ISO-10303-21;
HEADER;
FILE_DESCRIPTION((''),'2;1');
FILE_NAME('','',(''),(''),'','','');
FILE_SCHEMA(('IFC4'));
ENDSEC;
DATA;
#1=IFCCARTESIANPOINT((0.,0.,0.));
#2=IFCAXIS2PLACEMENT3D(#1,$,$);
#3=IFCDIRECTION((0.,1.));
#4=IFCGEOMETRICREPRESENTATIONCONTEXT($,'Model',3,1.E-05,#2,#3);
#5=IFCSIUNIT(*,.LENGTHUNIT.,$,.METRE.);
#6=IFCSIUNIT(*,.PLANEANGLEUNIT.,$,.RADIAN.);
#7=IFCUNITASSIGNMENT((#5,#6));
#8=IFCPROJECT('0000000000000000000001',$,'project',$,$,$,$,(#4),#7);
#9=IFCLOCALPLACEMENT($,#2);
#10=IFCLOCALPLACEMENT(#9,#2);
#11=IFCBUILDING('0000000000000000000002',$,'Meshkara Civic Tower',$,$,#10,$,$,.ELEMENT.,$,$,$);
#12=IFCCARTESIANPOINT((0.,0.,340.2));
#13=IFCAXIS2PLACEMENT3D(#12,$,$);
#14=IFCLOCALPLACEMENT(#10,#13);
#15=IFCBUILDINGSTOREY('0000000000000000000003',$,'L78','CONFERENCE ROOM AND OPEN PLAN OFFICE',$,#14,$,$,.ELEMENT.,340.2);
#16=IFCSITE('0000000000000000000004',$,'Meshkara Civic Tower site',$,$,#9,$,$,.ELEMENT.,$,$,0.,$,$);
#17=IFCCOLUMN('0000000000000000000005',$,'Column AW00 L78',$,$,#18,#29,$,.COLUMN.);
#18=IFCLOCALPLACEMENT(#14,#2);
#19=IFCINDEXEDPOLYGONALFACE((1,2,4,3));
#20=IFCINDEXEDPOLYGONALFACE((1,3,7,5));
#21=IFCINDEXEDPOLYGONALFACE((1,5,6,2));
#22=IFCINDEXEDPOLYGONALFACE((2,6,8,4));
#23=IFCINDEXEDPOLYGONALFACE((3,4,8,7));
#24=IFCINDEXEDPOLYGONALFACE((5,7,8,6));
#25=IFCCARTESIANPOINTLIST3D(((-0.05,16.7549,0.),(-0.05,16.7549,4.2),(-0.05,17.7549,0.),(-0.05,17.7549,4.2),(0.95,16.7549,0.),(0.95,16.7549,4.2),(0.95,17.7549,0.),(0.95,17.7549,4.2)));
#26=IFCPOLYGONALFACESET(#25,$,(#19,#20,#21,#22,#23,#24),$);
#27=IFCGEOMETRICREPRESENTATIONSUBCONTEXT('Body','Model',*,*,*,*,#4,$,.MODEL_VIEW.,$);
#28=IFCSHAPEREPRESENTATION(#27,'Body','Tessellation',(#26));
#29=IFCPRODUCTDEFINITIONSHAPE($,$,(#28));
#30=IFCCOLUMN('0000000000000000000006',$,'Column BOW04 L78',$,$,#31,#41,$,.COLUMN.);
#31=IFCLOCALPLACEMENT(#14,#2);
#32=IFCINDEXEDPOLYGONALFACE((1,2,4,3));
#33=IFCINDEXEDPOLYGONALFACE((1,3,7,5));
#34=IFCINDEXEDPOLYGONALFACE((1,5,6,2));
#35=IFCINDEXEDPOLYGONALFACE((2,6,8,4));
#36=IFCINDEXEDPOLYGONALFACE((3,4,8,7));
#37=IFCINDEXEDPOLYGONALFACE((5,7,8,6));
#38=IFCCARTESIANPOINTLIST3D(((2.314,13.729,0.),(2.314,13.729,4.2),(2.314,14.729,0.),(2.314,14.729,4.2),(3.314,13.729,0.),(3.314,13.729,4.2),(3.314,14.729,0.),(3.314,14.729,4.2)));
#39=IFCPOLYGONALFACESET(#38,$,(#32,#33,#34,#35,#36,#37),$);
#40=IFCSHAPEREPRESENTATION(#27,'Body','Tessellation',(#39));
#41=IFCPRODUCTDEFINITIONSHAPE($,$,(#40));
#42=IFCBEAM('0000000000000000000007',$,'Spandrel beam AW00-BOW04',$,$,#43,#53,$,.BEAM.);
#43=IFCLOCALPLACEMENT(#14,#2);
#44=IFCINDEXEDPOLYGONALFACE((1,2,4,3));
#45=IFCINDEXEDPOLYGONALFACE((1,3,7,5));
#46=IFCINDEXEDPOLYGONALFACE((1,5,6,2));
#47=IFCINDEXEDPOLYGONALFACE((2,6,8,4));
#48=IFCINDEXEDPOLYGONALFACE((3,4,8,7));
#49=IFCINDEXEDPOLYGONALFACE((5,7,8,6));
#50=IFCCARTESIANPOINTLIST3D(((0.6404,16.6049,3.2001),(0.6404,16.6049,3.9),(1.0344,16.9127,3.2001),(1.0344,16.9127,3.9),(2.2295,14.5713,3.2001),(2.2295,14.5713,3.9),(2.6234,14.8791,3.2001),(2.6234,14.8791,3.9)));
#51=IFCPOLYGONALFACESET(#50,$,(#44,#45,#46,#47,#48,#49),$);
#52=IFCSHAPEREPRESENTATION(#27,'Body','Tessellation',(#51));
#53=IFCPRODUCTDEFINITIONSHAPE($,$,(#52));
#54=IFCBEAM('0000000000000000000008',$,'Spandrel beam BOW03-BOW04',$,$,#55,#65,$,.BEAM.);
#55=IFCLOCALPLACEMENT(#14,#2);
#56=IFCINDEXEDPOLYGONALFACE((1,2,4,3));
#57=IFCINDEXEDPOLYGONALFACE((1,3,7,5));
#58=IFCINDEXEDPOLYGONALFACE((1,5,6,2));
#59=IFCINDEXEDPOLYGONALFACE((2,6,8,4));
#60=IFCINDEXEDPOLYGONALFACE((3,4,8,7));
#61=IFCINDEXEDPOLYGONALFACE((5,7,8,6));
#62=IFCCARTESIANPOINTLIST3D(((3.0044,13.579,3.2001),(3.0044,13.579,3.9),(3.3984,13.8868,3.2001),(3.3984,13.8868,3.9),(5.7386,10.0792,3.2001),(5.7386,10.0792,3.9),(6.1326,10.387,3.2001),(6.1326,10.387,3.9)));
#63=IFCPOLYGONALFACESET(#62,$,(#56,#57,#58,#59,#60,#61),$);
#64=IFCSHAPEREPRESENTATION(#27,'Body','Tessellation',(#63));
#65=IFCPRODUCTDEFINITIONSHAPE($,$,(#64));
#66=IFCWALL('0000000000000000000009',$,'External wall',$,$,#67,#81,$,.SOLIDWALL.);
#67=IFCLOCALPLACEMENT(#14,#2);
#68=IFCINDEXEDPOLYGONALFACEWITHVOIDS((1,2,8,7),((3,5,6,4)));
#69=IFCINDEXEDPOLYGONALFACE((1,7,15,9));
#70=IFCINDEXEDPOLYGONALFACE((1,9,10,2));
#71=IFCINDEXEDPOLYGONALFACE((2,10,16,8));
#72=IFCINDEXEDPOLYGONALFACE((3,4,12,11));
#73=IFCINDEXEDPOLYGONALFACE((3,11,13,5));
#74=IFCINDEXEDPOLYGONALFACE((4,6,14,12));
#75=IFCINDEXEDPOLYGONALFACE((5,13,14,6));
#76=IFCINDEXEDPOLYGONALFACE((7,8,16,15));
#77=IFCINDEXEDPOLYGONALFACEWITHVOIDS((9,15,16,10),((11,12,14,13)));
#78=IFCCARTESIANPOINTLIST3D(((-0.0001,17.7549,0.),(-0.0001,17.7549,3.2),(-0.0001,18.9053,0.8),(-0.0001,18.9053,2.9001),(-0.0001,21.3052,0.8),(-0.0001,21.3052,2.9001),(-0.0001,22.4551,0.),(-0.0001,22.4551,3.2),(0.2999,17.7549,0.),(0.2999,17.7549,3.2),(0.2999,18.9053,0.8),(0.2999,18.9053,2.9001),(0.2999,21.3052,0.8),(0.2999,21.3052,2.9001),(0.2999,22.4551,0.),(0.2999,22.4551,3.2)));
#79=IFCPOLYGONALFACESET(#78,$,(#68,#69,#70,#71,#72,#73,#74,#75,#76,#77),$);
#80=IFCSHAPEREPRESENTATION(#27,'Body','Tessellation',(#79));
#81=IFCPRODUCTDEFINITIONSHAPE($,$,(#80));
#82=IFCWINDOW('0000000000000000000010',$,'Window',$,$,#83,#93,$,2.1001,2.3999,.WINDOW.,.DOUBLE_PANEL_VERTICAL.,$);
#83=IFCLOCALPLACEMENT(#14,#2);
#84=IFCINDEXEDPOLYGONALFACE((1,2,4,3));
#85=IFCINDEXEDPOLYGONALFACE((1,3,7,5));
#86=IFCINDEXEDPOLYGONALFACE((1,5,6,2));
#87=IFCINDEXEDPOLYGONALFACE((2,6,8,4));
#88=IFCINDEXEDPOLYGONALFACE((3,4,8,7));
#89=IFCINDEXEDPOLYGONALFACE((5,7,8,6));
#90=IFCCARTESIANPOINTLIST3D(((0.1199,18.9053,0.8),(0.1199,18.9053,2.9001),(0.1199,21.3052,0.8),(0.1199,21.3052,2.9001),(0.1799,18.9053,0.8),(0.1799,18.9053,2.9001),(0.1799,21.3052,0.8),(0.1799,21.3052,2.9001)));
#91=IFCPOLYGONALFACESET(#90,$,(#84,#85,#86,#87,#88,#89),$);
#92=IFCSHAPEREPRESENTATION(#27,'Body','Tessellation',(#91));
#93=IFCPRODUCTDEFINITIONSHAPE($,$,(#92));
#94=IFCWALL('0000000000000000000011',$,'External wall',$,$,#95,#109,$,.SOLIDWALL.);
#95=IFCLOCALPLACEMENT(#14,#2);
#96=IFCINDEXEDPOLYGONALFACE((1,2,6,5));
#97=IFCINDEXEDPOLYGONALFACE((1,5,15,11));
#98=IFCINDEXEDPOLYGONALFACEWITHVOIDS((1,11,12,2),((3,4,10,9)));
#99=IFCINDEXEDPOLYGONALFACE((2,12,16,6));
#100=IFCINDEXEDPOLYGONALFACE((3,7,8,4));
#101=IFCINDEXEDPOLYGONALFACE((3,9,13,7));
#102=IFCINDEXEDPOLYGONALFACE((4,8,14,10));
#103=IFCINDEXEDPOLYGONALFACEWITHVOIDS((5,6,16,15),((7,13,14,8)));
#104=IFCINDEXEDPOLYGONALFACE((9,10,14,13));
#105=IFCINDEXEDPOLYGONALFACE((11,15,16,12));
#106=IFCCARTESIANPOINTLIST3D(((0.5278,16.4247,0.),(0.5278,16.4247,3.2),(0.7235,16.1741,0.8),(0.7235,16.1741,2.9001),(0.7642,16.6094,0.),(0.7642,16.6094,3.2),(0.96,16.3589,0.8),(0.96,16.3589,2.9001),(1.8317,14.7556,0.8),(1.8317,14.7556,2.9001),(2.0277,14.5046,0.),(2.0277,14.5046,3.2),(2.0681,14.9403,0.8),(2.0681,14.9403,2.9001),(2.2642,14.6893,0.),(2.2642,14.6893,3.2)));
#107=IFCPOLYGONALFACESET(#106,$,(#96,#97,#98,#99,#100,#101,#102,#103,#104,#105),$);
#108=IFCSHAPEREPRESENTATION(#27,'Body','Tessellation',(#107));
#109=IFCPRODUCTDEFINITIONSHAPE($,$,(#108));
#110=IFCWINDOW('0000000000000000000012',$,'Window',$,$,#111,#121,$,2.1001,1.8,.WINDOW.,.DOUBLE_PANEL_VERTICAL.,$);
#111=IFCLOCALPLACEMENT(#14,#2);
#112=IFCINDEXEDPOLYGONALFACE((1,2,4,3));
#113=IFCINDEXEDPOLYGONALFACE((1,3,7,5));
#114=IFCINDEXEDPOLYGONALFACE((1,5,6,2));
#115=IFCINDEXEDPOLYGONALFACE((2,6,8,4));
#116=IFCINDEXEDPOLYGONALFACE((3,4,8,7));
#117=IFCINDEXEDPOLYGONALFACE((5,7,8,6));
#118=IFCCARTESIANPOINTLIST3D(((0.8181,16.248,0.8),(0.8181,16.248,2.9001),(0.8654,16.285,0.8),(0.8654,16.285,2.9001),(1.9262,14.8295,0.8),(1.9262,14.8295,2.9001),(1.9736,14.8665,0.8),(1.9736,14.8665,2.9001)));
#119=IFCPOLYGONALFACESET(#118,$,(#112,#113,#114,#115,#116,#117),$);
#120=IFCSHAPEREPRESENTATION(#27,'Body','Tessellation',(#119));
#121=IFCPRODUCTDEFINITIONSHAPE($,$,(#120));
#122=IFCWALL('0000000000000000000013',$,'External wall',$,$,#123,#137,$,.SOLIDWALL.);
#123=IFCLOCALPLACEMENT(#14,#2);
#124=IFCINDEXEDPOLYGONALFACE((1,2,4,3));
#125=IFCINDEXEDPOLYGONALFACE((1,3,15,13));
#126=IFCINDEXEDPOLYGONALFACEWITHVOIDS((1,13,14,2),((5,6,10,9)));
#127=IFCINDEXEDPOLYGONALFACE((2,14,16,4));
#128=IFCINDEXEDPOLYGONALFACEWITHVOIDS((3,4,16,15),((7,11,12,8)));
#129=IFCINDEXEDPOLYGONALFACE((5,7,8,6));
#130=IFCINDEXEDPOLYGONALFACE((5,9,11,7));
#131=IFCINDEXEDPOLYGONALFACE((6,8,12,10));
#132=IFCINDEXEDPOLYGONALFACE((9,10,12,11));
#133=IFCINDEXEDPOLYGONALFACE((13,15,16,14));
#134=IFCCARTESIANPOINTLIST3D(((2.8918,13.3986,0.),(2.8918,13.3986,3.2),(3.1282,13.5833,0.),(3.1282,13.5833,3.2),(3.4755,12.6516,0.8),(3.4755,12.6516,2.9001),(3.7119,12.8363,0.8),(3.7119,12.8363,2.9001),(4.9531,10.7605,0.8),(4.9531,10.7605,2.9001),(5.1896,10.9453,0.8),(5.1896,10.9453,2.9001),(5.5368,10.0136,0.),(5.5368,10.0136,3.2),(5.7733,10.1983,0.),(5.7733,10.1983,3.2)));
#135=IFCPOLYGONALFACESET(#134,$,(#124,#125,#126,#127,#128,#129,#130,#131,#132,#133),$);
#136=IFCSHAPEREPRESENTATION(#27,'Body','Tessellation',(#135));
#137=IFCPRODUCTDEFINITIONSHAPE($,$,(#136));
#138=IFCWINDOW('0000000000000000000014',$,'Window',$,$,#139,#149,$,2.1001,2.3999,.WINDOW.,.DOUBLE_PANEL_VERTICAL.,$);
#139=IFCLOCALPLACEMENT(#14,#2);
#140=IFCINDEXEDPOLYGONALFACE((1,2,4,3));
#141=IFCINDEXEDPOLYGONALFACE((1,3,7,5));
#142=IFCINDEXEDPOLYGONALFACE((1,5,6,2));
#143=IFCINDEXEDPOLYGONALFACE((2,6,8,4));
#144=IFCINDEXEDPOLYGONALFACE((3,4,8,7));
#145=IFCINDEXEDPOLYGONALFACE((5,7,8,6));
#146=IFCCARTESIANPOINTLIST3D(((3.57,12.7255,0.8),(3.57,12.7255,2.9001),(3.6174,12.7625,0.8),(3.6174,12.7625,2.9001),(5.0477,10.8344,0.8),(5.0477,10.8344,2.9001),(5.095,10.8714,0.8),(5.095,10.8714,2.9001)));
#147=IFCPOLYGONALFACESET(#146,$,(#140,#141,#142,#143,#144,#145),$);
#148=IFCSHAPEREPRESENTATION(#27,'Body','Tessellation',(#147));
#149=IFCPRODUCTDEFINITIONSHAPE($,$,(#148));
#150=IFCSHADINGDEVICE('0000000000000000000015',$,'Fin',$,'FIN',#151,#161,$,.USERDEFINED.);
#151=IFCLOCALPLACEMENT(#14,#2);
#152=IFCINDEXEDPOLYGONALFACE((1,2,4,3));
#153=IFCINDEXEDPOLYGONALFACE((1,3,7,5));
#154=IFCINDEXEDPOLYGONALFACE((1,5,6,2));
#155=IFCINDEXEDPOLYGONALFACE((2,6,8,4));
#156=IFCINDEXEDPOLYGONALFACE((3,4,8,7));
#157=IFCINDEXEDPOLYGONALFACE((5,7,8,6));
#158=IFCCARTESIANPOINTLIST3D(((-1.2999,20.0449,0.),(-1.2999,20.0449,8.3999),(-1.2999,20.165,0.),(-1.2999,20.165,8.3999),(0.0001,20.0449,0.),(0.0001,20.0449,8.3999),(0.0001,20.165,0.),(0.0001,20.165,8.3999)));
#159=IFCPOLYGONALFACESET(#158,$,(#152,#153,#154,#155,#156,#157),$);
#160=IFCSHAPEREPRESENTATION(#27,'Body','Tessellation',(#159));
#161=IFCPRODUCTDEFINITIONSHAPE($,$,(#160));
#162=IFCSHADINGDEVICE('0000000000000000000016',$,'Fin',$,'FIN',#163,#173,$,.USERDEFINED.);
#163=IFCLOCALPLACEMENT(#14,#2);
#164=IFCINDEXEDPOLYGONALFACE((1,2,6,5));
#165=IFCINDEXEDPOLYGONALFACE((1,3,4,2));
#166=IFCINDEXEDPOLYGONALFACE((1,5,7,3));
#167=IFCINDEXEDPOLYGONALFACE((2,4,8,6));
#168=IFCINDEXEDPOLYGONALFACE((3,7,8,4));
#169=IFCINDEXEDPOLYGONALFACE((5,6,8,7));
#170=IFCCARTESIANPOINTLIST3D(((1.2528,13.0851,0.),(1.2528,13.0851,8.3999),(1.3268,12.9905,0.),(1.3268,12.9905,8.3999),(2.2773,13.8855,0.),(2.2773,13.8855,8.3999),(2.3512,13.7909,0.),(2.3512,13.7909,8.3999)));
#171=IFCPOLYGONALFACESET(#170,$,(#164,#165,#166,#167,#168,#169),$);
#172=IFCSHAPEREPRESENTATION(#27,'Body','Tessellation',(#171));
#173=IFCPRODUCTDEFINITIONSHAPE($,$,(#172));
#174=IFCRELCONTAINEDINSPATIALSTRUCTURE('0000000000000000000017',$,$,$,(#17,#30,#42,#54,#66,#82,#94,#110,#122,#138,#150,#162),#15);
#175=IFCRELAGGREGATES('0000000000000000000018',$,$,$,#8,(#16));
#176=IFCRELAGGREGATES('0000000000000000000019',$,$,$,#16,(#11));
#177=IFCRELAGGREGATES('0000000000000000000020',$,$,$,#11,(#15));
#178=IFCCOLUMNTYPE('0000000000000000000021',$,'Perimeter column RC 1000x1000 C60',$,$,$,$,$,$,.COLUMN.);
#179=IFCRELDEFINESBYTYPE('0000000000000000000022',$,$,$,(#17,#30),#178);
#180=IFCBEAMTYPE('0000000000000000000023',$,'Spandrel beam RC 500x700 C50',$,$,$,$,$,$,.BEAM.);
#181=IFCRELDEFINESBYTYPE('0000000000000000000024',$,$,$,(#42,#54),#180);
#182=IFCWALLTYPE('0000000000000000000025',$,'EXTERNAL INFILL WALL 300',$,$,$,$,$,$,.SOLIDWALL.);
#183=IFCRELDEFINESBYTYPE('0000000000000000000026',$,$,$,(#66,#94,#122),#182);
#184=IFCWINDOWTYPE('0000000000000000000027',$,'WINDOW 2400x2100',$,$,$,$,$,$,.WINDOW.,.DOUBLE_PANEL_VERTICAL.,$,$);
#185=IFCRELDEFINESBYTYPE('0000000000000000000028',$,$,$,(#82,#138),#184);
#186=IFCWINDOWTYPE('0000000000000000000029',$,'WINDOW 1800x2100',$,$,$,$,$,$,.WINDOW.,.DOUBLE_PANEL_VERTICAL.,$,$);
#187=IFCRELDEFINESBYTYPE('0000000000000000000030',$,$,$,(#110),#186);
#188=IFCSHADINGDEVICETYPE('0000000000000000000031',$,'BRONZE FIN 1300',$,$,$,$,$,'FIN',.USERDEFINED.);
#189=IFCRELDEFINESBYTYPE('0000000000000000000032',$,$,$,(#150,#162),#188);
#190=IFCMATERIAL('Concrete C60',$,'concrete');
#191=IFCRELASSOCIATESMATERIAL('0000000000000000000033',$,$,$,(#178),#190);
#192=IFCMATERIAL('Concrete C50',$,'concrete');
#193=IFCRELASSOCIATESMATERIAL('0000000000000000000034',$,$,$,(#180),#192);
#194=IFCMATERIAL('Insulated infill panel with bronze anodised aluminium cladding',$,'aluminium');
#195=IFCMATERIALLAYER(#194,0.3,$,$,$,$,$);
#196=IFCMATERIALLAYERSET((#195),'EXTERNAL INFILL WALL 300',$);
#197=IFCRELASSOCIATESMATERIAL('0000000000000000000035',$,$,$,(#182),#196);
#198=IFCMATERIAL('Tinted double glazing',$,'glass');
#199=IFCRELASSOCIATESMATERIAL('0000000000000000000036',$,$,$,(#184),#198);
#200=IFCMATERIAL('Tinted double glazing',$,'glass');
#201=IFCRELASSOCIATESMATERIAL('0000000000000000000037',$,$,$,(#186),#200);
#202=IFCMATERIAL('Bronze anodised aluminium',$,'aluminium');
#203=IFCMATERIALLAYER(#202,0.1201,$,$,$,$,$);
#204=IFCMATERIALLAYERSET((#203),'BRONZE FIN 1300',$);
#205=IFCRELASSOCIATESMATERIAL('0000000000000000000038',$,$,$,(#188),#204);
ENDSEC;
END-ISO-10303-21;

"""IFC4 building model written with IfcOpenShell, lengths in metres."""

from ifc_helpers import new_model, si_unit, direction, frame, frame_2d, origin, origin_2d, place, context, subcontext, project, spatial, rectangle, extrude, material, layer, layer_set, material_profile, profile_set, type_object, element, fill, save


model = new_model("IFC4")

# Units and contexts
model_context = context("Model", 3, precision=1e-05, world=origin(), true_north=direction((0.0, 1.0)))
body_context = subcontext(model_context, "Body", "Model", "MODEL_VIEW")
ifc_project = project(units=[si_unit("LENGTHUNIT", "METRE"), si_unit("PLANEANGLEUNIT", "RADIAN")], contexts=[model_context])

# Site, building, storey
site_placement = place(None, origin())
site = spatial("IfcSite", under=ifc_project, at=site_placement, Name="Meshkara Civic Tower site", CompositionType="ELEMENT", RefElevation=0.0)
building_placement = place(site_placement, origin())
building = spatial("IfcBuilding", under=site, at=building_placement, Name="Meshkara Civic Tower", CompositionType="ELEMENT")
storey_placement = place(building_placement, frame((0.0, 0.0, 340.2)))
storey = spatial("IfcBuildingStorey", under=building, at=storey_placement, Name="L78", Description="CONFERENCE ROOM AND OPEN PLAN OFFICE", CompositionType="ELEMENT", Elevation=340.2)

# Columns
ifc_material_1 = material(Name="Concrete C60", Category="concrete")
ifc_material_profile_1 = material_profile(ifc_material_1, rectangle(XDim=1.0, YDim=1.0, at=origin_2d()))
ifc_profile_set_1 = profile_set([ifc_material_profile_1], Name="Concrete C60")
column_type = type_object("IfcColumnType", Name="Perimeter column RC 1000x1000 C60", PredefinedType="COLUMN", material=ifc_profile_set_1)
for number, where, z_axis, x_axis, name in (
    (1, (0.45, 17.2549, 0.0), (0.0, 0.0, 1.0), (1.0, 0.0, 0.0), "Column AW00 L78"),
    (2, (2.814, 14.229, 0.0), (0.0, 0.0, 1.0), (1.0, 0.0, 0.0), "Column BOW04 L78"),
):
    element("IfcColumn", number, at=place(storey_placement, frame(where, z_axis=z_axis, x_axis=x_axis)), inside=storey, type_object=column_type, Name=name, PredefinedType="COLUMN", context=body_context, shape_type="SweptSolid", body=[
        extrude(rectangle(XDim=1.0, YDim=1.0, at=origin_2d()), origin(), (0.0, 0.0, 1.0), 4.2),
    ])

# Beams
ifc_material_2 = material(Name="Concrete C50", Category="concrete")
ifc_material_profile_2 = material_profile(ifc_material_2, rectangle(XDim=0.5, YDim=0.7, at=origin_2d()))
ifc_profile_set_2 = profile_set([ifc_material_profile_2], Name="Concrete C50")
beam_type = type_object("IfcBeamType", Name="Spandrel beam RC 500x700 C50", PredefinedType="BEAM", material=ifc_profile_set_2)
beam_1_placement = place(storey_placement, frame((0.8374, 16.7588, 3.55), z_axis=(0.615714, -0.78797, 0.0), x_axis=(0.78797, 0.615714, 0.0)))
element("IfcBeam", 3, at=beam_1_placement, inside=storey, type_object=beam_type, Name="Spandrel beam AW00-BOW04", PredefinedType="BEAM", context=body_context, shape_type="SweptSolid", body=[
    extrude(rectangle(XDim=0.5, YDim=0.7, at=origin_2d()), origin(), (0.0, 0.0, 1.0), 2.5808),
])
beam_2_placement = place(storey_placement, frame((3.2014, 13.7329, 3.55), z_axis=(0.615637, -0.78803, 0.0), x_axis=(0.78803, 0.615637, 0.0)))
element("IfcBeam", 4, at=beam_2_placement, inside=storey, type_object=beam_type, Name="Spandrel beam BOW03-BOW04", PredefinedType="BEAM", context=body_context, shape_type="SweptSolid", body=[
    extrude(rectangle(XDim=0.5, YDim=0.7, at=origin_2d()), origin(), (0.0, 0.0, 1.0), 4.4412),
])

# Walls, openings, windows
ifc_material_3 = material(Name="Insulated infill panel with bronze anodised aluminium cladding", Category="aluminium")
ifc_layer_1 = layer(ifc_material_3, 0.3)
ifc_layer_set_1 = layer_set([ifc_layer_1], Name="EXTERNAL INFILL WALL 300")
wall_type = type_object("IfcWallType", Name="EXTERNAL INFILL WALL 300", PredefinedType="SOLIDWALL", material=ifc_layer_set_1)
wall_1_placement = place(storey_placement, frame((0.1499, 22.4551, 0.0), z_axis=(0.0, 0.0, 1.0), x_axis=(0.0, -1.0, 0.0)))
wall_1 = element("IfcWall", 5, at=wall_1_placement, inside=storey, type_object=wall_type, Name="External wall", PredefinedType="SOLIDWALL", context=body_context, shape_type="SweptSolid", body=[
    extrude(rectangle(XDim=4.7002, YDim=0.3, at=frame_2d((2.3501, 0.0))), origin(), (0.0, 0.0, 1.0), 3.2),
])
opening_1_placement = place(wall_1_placement, frame((1.1499, 0.0, 0.8)))
opening_1 = element("IfcOpeningElement", 6, at=opening_1_placement, cuts=wall_1, PredefinedType="OPENING", context=body_context, shape_type="SweptSolid", body=[
    extrude(rectangle(XDim=2.3999, YDim=2.1001, at=frame_2d((1.2, 1.05))), frame((0.0, 0.1599, 0.0), z_axis=(0.0, -1.0, 0.0), x_axis=(1.0, 0.0, 0.0)), (0.0, 0.0, 1.0), 0.3201),
])
ifc_material_4 = material(Name="Tinted double glazing", Category="glass")
window_type_1 = type_object("IfcWindowType", Name="WINDOW 2400x2100", PartitioningType="DOUBLE_PANEL_VERTICAL", PredefinedType="WINDOW", material=ifc_material_4)
window_1_placement = place(opening_1_placement, origin())
window_1 = element("IfcWindow", 7, at=window_1_placement, inside=storey, type_object=window_type_1, Name="Window", OverallHeight=2.1001, OverallWidth=2.3999, PartitioningType="DOUBLE_PANEL_VERTICAL", PredefinedType="WINDOW", context=body_context, shape_type="SweptSolid", body=[
    extrude(rectangle(XDim=2.3999, YDim=2.1001, at=frame_2d((1.2, 1.05))), frame((0.0, 0.03, 0.0), z_axis=(0.0, -1.0, 0.0), x_axis=(1.0, 0.0, 0.0)), (0.0, 0.0, 1.0), 0.0601),
])
fill(opening_1, window_1)
wall_2_placement = place(storey_placement, frame((0.646, 16.5171, 0.0), z_axis=(0.0, 0.0, 1.0), x_axis=(0.615611, -0.78805, 0.0)))
wall_2 = element("IfcWall", 8, at=wall_2_placement, inside=storey, type_object=wall_type, Name="External wall", PredefinedType="SOLIDWALL", context=body_context, shape_type="SweptSolid", body=[
    extrude(rectangle(XDim=2.4365, YDim=0.3, at=frame_2d((1.2183, 0.0))), origin(), (0.0, 0.0, 1.0), 3.2),
])
opening_2_placement = place(wall_2_placement, frame((0.3181, 0.0, 0.8)))
opening_2 = element("IfcOpeningElement", 9, at=opening_2_placement, cuts=wall_2, PredefinedType="OPENING", context=body_context, shape_type="SweptSolid", body=[
    extrude(rectangle(XDim=1.8, YDim=2.1001, at=frame_2d((0.8999, 1.05))), frame((0.0, 0.1599, 0.0), z_axis=(0.0, -1.0, 0.0), x_axis=(1.0, 0.0, 0.0)), (0.0, 0.0, 1.0), 0.3201),
])
ifc_material_5 = material(Name="Tinted double glazing", Category="glass")
window_type_2 = type_object("IfcWindowType", Name="WINDOW 1800x2100", PartitioningType="DOUBLE_PANEL_VERTICAL", PredefinedType="WINDOW", material=ifc_material_5)
window_2_placement = place(opening_2_placement, origin())
window_2 = element("IfcWindow", 10, at=window_2_placement, inside=storey, type_object=window_type_2, Name="Window", OverallHeight=2.1001, OverallWidth=1.8, PartitioningType="DOUBLE_PANEL_VERTICAL", PredefinedType="WINDOW", context=body_context, shape_type="SweptSolid", body=[
    extrude(rectangle(XDim=1.8, YDim=2.1001, at=frame_2d((0.8999, 1.05))), frame((0.0, 0.03, 0.0), z_axis=(0.0, -1.0, 0.0), x_axis=(1.0, 0.0, 0.0)), (0.0, 0.0, 1.0), 0.0601),
])
fill(opening_2, window_2)
wall_3_placement = place(storey_placement, frame((3.01, 13.491, 0.0), z_axis=(0.0, 0.0, 1.0), x_axis=(0.615714, -0.78797, 0.0)))
wall_3 = element("IfcWall", 11, at=wall_3_placement, inside=storey, type_object=wall_type, Name="External wall", PredefinedType="SOLIDWALL", context=body_context, shape_type="SweptSolid", body=[
    extrude(rectangle(XDim=4.2959, YDim=0.3, at=frame_2d((2.1479, 0.0))), origin(), (0.0, 0.0, 1.0), 3.2),
])
opening_3_placement = place(wall_3_placement, frame((0.948, 0.0, 0.8)))
opening_3 = element("IfcOpeningElement", 12, at=opening_3_placement, cuts=wall_3, PredefinedType="OPENING", context=body_context, shape_type="SweptSolid", body=[
    extrude(rectangle(XDim=2.3999, YDim=2.1001, at=frame_2d((1.2, 1.05))), frame((0.0, 0.1599, 0.0), z_axis=(0.0, -1.0, 0.0), x_axis=(1.0, 0.0, 0.0)), (0.0, 0.0, 1.0), 0.3201),
])
window_3_placement = place(opening_3_placement, origin())
window_3 = element("IfcWindow", 13, at=window_3_placement, inside=storey, type_object=window_type_1, Name="Window", OverallHeight=2.1001, OverallWidth=2.3999, PartitioningType="DOUBLE_PANEL_VERTICAL", PredefinedType="WINDOW", context=body_context, shape_type="SweptSolid", body=[
    extrude(rectangle(XDim=2.3999, YDim=2.1001, at=frame_2d((1.2, 1.05))), frame((0.0, 0.03, 0.0), z_axis=(0.0, -1.0, 0.0), x_axis=(1.0, 0.0, 0.0)), (0.0, 0.0, 1.0), 0.0601),
])
fill(opening_3, window_3)

# Shading devices
ifc_material_6 = material(Name="Bronze anodised aluminium", Category="aluminium")
ifc_layer_2 = layer(ifc_material_6, 0.1201)
ifc_layer_set_2 = layer_set([ifc_layer_2], Name="BRONZE FIN 1300")
shading_device_type = type_object("IfcShadingDeviceType", Name="BRONZE FIN 1300", ElementType="FIN", PredefinedType="USERDEFINED", material=ifc_layer_set_2)
for number, where, z_axis, x_axis, name in (
    (14, (-0.6499, 20.105, 0.0), (0.0, 0.0, 1.0), (0.0, -1.0, 0.0), "Fin"),
    (15, (1.802, 13.438, 0.0), (0.0, 0.0, 1.0), (0.615661, -0.788011, 0.0), "Fin"),
):
    element("IfcShadingDevice", number, at=place(storey_placement, frame(where, z_axis=z_axis, x_axis=x_axis)), inside=storey, type_object=shading_device_type, Name=name, ObjectType="FIN", PredefinedType="USERDEFINED", context=body_context, shape_type="SweptSolid", body=[
        extrude(rectangle(XDim=0.1201, YDim=1.3, at=origin_2d()), origin(), (0.0, 0.0, 1.0), 8.3999),
    ])

save(model, "model.ifc")
